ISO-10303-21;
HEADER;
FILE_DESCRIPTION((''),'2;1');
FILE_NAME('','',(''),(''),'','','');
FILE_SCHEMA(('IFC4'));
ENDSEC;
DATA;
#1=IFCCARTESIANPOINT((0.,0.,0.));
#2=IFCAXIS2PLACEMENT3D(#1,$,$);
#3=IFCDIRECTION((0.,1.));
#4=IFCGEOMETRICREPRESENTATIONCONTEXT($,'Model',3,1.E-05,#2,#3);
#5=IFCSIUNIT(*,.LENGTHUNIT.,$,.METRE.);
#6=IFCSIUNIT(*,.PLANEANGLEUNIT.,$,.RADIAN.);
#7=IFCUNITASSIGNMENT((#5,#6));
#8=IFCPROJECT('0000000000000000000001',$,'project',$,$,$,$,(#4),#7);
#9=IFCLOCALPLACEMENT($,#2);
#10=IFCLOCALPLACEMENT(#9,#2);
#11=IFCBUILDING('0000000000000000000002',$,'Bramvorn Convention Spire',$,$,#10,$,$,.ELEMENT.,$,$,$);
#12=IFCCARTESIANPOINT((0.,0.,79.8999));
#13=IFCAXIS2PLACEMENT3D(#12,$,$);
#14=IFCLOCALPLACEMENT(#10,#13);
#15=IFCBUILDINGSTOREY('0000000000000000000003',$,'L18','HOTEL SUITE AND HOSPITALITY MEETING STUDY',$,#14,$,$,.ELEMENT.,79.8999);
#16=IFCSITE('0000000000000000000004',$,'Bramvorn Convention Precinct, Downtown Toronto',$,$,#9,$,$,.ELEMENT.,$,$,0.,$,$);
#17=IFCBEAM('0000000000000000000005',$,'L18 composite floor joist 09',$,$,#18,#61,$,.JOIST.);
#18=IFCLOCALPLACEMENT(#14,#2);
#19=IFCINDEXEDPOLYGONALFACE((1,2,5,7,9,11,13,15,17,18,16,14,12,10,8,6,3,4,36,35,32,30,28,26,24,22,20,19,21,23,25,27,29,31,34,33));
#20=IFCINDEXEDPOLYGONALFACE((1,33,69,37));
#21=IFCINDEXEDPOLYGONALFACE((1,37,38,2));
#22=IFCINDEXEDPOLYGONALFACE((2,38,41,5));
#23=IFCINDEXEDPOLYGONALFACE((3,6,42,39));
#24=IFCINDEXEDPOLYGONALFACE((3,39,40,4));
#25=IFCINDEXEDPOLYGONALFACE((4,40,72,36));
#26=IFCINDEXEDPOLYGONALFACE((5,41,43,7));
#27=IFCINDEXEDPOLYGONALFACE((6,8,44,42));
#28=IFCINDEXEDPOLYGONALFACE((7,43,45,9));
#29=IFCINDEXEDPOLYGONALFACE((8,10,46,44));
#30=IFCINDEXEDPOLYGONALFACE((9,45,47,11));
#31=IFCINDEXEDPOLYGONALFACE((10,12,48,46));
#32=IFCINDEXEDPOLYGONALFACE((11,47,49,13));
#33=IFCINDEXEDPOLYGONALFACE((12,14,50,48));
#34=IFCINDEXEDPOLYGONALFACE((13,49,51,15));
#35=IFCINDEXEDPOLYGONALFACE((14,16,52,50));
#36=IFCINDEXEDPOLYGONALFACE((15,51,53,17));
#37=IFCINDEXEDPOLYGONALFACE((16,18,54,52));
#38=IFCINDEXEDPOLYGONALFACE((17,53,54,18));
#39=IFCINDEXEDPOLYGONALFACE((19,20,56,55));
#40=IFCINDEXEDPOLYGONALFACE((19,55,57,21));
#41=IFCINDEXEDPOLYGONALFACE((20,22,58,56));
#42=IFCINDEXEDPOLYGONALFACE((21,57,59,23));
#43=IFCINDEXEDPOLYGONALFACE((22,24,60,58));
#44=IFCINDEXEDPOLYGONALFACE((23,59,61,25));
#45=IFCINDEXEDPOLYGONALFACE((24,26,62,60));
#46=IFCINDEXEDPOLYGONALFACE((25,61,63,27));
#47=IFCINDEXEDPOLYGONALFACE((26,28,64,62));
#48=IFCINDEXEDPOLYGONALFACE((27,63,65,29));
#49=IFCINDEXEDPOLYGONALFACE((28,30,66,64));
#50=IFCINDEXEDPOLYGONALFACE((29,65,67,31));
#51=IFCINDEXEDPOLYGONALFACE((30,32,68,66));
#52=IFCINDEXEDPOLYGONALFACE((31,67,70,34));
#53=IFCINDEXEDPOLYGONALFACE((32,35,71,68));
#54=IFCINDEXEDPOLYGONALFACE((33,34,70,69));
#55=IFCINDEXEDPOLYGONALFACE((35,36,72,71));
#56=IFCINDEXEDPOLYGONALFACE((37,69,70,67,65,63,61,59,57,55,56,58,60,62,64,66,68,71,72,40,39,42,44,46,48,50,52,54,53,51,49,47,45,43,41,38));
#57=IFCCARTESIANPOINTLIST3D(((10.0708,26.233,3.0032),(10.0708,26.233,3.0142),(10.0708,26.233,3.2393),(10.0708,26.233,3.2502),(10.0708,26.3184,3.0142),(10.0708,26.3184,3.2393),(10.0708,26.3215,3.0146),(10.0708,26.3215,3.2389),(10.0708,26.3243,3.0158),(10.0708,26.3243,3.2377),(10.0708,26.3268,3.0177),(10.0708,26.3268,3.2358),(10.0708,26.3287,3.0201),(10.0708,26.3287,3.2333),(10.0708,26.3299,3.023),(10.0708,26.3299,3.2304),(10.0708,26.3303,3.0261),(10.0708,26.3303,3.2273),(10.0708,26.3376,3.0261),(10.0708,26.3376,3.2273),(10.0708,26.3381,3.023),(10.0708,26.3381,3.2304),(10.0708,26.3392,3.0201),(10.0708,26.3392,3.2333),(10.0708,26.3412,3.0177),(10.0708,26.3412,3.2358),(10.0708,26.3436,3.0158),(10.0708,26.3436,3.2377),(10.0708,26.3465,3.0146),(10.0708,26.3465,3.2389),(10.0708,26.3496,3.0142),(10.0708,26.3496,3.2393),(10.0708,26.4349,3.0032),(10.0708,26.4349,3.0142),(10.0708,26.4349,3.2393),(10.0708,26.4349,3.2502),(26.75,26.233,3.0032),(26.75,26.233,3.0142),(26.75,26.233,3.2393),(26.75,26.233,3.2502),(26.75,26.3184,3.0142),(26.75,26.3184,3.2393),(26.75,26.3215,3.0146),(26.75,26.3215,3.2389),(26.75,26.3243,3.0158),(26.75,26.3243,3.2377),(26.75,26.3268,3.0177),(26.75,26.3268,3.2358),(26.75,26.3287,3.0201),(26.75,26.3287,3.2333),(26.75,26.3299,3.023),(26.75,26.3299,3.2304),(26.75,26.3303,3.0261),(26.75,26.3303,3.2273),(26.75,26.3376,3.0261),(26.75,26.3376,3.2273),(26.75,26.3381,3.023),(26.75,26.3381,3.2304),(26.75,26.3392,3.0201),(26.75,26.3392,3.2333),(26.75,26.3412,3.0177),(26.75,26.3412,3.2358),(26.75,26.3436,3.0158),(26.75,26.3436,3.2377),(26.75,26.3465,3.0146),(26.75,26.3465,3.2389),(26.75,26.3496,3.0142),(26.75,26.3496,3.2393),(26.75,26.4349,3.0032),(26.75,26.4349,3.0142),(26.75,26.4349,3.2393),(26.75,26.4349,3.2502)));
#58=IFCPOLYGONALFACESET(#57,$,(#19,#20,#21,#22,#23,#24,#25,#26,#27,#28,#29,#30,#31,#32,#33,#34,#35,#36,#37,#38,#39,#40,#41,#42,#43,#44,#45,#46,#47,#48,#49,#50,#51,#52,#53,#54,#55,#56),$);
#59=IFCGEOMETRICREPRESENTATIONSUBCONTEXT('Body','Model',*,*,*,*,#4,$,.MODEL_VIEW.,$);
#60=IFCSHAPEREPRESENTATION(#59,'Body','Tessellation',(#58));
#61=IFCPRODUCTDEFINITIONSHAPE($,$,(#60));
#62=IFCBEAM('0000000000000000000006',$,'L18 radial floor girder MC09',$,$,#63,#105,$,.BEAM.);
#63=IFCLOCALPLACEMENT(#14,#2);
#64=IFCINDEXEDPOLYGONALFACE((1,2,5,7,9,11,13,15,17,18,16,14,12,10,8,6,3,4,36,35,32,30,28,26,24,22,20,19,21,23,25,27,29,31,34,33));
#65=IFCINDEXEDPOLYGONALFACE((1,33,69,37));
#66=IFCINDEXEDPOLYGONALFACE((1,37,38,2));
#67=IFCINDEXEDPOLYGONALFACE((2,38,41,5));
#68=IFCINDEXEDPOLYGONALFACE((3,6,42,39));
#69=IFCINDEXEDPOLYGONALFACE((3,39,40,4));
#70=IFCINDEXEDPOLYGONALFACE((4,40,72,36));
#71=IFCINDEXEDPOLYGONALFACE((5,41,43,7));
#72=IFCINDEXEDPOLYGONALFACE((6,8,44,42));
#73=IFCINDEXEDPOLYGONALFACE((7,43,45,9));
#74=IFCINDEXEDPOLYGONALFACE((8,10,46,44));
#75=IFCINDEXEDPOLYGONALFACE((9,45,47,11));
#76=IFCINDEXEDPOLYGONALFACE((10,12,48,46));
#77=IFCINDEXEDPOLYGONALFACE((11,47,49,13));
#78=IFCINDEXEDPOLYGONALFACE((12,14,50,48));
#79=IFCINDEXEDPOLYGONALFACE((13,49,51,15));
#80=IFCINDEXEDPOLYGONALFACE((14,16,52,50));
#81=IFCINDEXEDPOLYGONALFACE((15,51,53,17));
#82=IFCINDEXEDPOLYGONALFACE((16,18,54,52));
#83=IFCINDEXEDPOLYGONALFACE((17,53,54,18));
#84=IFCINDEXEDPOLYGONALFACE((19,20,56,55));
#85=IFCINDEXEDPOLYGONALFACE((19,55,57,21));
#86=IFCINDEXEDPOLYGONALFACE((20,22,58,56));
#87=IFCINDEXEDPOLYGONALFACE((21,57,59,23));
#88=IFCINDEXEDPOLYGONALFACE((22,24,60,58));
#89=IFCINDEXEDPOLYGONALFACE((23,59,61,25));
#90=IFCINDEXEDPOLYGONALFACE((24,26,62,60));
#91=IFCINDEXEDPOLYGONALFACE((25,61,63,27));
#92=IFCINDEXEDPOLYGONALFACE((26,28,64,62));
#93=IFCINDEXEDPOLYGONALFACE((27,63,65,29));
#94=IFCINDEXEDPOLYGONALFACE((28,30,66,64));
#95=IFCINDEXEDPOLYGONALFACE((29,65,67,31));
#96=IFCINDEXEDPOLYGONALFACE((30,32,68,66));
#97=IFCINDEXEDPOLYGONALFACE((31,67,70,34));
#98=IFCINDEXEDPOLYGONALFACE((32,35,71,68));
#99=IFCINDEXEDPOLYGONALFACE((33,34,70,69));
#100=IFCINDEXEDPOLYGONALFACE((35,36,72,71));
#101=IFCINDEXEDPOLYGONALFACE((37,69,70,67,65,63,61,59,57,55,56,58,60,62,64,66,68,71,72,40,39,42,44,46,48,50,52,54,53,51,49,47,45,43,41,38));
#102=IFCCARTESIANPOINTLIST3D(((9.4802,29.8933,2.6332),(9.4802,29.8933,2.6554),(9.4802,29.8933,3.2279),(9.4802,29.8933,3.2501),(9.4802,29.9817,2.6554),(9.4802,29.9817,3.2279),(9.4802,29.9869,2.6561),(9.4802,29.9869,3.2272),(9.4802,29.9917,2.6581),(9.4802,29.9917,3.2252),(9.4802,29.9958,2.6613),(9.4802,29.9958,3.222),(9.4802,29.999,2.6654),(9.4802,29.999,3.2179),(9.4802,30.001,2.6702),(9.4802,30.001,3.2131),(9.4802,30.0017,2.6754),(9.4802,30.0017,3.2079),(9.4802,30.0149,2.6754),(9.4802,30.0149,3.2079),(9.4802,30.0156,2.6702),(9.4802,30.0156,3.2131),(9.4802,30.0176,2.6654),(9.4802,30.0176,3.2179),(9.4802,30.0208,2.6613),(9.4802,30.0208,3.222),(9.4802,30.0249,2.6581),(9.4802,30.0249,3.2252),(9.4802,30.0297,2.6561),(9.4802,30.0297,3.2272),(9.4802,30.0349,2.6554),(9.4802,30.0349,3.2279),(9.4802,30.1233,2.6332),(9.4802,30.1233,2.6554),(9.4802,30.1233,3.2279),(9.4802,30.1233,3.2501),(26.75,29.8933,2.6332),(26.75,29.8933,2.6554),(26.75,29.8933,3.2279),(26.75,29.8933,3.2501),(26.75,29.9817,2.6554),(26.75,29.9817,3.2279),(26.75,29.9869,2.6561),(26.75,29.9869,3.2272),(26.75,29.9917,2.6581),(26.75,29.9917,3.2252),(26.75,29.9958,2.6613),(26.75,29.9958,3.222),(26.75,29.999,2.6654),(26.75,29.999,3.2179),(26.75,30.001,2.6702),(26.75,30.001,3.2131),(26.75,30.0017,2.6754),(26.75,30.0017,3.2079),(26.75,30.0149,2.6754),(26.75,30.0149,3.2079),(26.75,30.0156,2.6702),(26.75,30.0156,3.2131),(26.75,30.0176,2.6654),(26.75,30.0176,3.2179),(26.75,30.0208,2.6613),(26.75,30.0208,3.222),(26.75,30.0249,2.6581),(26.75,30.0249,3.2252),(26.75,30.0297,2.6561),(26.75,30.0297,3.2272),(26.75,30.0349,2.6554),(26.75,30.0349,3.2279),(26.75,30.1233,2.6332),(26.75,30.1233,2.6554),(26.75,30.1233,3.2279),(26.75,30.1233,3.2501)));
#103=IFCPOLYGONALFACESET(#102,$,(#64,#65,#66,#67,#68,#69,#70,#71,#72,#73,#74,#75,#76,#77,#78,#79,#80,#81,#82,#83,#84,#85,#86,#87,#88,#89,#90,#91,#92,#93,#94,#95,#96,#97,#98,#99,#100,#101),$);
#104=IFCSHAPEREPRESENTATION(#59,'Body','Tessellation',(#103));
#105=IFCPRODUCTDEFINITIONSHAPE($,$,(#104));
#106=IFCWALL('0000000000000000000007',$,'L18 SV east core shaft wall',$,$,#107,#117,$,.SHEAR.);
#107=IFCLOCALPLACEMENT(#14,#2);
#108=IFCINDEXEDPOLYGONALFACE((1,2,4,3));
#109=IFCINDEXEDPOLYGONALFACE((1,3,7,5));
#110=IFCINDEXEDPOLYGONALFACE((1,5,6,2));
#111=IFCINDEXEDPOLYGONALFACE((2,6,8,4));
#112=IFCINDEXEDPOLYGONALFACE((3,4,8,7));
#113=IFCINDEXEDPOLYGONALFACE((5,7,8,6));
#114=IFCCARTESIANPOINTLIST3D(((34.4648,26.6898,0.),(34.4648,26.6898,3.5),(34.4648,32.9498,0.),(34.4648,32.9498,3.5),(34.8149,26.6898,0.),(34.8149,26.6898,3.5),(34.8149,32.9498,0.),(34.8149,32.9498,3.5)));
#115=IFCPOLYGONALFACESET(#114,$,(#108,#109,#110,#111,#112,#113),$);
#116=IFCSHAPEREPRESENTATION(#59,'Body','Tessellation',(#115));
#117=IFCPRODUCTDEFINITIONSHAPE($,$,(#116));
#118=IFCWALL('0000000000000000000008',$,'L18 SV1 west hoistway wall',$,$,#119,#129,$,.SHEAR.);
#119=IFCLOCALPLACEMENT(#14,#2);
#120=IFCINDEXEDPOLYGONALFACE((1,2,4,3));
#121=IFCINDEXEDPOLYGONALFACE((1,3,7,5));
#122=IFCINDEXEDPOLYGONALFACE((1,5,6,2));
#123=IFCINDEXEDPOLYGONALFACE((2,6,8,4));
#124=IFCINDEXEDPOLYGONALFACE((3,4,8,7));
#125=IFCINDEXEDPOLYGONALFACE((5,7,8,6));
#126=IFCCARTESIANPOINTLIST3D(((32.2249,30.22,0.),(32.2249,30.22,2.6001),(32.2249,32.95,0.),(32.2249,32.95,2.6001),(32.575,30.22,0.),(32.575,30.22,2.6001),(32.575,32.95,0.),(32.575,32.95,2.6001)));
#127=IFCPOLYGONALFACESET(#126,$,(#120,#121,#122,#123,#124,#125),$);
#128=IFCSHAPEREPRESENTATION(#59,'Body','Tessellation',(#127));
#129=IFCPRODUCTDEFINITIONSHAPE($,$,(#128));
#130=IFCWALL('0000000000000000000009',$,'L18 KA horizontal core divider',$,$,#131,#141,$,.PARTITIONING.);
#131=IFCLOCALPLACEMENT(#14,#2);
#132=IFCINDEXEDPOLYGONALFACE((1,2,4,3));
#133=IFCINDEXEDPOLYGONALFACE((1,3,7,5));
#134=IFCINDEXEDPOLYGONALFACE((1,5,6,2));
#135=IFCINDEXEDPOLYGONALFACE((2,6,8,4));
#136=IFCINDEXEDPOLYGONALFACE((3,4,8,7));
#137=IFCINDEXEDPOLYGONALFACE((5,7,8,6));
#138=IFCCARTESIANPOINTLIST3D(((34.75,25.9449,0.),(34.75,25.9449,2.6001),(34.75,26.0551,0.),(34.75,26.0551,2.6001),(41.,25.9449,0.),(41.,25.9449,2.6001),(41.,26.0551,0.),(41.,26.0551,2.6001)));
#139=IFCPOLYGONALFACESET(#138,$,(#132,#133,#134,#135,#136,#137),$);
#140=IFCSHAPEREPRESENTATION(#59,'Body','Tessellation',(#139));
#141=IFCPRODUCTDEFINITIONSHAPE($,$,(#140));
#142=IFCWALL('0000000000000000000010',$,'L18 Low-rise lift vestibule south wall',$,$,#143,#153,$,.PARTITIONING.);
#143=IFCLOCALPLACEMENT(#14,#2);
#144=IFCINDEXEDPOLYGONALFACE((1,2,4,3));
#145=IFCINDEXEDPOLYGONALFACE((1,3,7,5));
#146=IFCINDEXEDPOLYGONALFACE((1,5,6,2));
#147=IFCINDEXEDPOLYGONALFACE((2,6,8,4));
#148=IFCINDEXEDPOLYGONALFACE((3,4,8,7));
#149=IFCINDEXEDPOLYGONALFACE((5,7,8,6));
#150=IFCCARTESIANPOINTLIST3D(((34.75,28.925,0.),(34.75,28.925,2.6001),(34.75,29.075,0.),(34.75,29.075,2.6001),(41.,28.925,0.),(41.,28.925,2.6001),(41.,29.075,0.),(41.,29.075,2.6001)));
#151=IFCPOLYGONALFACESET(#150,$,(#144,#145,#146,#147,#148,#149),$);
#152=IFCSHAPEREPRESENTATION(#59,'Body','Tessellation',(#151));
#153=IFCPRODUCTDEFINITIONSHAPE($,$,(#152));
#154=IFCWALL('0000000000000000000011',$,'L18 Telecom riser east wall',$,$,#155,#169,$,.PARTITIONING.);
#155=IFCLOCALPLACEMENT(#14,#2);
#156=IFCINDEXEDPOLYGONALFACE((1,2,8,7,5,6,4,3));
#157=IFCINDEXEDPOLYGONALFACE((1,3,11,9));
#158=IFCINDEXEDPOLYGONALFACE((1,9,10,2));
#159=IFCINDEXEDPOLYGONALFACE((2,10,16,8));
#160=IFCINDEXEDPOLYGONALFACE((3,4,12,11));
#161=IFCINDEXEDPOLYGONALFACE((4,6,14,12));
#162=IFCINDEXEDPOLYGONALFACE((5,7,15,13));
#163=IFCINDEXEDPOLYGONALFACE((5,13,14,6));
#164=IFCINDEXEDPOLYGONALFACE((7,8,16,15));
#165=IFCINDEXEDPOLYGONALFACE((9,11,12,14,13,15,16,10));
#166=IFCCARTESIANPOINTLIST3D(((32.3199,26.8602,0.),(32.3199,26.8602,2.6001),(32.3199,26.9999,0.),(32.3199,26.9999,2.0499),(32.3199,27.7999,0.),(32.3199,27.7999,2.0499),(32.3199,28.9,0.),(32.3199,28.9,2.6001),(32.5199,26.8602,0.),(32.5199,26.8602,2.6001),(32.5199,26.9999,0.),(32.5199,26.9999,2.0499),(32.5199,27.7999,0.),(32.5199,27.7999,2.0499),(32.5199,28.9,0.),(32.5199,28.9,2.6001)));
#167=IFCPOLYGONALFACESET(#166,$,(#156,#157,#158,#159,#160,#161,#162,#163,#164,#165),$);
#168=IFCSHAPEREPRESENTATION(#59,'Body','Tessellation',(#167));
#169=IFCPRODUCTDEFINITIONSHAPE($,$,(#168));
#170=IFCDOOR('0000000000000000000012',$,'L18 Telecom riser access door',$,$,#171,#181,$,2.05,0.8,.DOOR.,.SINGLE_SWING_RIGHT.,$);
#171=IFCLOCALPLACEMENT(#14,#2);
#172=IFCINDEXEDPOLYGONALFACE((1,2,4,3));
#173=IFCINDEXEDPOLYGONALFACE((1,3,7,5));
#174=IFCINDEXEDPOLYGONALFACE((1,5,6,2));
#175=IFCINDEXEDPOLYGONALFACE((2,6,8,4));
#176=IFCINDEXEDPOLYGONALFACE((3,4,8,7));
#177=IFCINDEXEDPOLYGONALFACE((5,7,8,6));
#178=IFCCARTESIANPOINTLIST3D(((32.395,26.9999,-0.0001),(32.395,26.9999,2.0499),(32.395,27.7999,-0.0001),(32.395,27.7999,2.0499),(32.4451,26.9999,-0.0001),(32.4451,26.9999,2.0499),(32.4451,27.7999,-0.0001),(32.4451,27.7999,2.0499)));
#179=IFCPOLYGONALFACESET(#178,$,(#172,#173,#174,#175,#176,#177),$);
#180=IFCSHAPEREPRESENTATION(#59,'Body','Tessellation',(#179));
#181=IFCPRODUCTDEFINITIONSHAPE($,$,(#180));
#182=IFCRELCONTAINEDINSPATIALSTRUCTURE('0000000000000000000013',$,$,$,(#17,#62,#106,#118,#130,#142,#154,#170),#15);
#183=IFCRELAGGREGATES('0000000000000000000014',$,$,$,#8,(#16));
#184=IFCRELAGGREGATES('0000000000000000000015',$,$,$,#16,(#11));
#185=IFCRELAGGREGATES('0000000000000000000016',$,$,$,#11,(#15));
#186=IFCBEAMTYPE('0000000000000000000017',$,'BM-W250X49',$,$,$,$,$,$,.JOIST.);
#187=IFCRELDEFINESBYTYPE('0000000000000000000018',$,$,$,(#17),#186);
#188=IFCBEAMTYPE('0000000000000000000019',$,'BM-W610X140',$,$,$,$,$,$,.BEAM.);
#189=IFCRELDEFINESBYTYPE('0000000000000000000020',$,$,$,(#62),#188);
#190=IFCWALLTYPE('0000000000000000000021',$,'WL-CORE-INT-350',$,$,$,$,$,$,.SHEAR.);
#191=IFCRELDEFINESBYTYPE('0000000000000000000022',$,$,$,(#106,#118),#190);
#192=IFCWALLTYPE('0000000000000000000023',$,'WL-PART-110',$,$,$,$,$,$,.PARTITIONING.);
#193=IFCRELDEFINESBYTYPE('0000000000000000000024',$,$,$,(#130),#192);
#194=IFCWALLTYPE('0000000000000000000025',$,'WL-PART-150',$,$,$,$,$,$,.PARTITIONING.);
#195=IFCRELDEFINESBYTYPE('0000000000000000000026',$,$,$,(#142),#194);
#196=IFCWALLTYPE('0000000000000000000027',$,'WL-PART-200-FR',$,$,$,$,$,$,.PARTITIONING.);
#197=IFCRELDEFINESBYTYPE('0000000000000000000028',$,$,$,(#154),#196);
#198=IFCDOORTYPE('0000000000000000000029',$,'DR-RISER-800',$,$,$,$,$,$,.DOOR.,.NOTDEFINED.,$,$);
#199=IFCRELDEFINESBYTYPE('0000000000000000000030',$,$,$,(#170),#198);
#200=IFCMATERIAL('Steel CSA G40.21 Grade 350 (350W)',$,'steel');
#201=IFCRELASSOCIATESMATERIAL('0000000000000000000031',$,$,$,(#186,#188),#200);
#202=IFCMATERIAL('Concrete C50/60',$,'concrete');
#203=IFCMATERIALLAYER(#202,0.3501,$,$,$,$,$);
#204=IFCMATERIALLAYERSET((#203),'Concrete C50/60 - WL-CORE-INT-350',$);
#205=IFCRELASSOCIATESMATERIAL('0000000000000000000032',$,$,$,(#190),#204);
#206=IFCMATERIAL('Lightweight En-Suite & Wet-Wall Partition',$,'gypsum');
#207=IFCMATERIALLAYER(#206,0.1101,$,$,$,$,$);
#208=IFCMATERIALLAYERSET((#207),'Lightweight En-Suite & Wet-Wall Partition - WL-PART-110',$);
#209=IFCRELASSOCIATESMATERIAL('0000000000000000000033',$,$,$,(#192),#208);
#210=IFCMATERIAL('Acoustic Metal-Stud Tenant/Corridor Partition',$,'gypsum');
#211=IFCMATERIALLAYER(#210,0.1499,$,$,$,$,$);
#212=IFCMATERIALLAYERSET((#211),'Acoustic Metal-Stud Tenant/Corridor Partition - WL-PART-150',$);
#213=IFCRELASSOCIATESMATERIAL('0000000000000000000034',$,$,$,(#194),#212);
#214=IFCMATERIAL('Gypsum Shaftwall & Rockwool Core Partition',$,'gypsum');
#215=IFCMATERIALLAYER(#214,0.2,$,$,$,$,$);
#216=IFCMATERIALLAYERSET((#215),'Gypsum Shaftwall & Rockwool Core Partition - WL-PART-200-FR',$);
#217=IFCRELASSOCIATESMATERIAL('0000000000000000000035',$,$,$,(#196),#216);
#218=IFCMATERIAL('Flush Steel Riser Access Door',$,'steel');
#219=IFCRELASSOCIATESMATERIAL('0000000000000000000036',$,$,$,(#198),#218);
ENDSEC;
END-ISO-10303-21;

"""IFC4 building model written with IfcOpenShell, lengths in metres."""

from ifc_helpers import new_model, si_unit, direction, frame, frame_2d, origin, origin_2d, place, context, subcontext, project, spatial, rectangle, i_section, extrude, material, layer, layer_set, material_profile, profile_set, type_object, element, fill, save


model = new_model("IFC4")

# Units and contexts
model_context = context("Model", 3, precision=1e-05, world=origin(), true_north=direction((0.0, 1.0)))
body_context = subcontext(model_context, "Body", "Model", "MODEL_VIEW")
ifc_project = project(units=[si_unit("LENGTHUNIT", "METRE"), si_unit("PLANEANGLEUNIT", "RADIAN")], contexts=[model_context])

# Site, building, storey
site_placement = place(None, origin())
site = spatial("IfcSite", under=ifc_project, at=site_placement, Name="Bramvorn Convention Precinct, Downtown Toronto", CompositionType="ELEMENT", RefElevation=0.0)
building_placement = place(site_placement, origin())
building = spatial("IfcBuilding", under=site, at=building_placement, Name="Bramvorn Convention Spire", CompositionType="ELEMENT")
storey_placement = place(building_placement, frame((0.0, 0.0, 79.8999)))
storey = spatial("IfcBuildingStorey", under=building, at=storey_placement, Name="L18", Description="HOTEL SUITE AND HOSPITALITY MEETING STUDY", CompositionType="ELEMENT", Elevation=79.8999)

# Beams
ifc_material_1 = material(Name="Steel CSA G40.21 Grade 350 (350W)", Category="steel")
ifc_material_profile_1 = material_profile(ifc_material_1, i_section(OverallWidth=0.2019, OverallDepth=0.2471, WebThickness=0.0073, FlangeThickness=0.011, FilletRadius=0.012, at=origin_2d()))
ifc_profile_set_1 = profile_set([ifc_material_profile_1], Name="Steel CSA G40.21 Grade 350 (350W) - W250X49")
beam_type_1 = type_object("IfcBeamType", Name="BM-W250X49", PredefinedType="JOIST", material=ifc_profile_set_1)
beam_1_placement = place(storey_placement, frame((26.75, 26.334, 3.1267), z_axis=(-1.0, 0.0, 0.0), x_axis=(0.0, -1.0, 0.0)))
element("IfcBeam", 1, at=beam_1_placement, inside=storey, type_object=beam_type_1, Name="L18 composite floor joist 09", PredefinedType="JOIST", context=body_context, shape_type="SweptSolid", body=[
    extrude(i_section(OverallWidth=0.2019, OverallDepth=0.2471, WebThickness=0.0073, FlangeThickness=0.011, FilletRadius=0.012, at=origin_2d()), origin(), (0.0, 0.0, 1.0), 16.6792),
])
ifc_material_profile_2 = material_profile(ifc_material_1, i_section(OverallWidth=0.23, OverallDepth=0.6169, WebThickness=0.0132, FlangeThickness=0.0222, FilletRadius=0.02, at=origin_2d()))
ifc_profile_set_2 = profile_set([ifc_material_profile_2], Name="Steel CSA G40.21 Grade 350 (350W) - W610X140")
beam_type_2 = type_object("IfcBeamType", Name="BM-W610X140", PredefinedType="BEAM", material=ifc_profile_set_2)
beam_2_placement = place(storey_placement, frame((26.75, 30.0083, 2.9417), z_axis=(-1.0, 0.0, 0.0), x_axis=(0.0, -1.0, 0.0)))
element("IfcBeam", 2, at=beam_2_placement, inside=storey, type_object=beam_type_2, Name="L18 radial floor girder MC09", PredefinedType="BEAM", context=body_context, shape_type="SweptSolid", body=[
    extrude(i_section(OverallWidth=0.23, OverallDepth=0.6169, WebThickness=0.0132, FlangeThickness=0.0222, FilletRadius=0.02, at=origin_2d()), origin(), (0.0, 0.0, 1.0), 17.2698),
])

# Shared definitions
ifc_material_2 = material(Name="Concrete C50/60", Category="concrete")
ifc_layer_1 = layer(ifc_material_2, 0.3501)
ifc_layer_set_1 = layer_set([ifc_layer_1], Name="Concrete C50/60 - WL-CORE-INT-350")
wall_type_1 = type_object("IfcWallType", Name="WL-CORE-INT-350", PredefinedType="SHEAR", material=ifc_layer_set_1)

# Wall
wall_1_placement = place(storey_placement, frame((34.6399, 26.6899, 0.0), z_axis=(0.0, 0.0, 1.0), x_axis=(0.0, 1.0, 0.0)))
element("IfcWall", 3, at=wall_1_placement, inside=storey, type_object=wall_type_1, Name="L18 SV east core shaft wall", PredefinedType="SHEAR", context=body_context, shape_type="SweptSolid", body=[
    extrude(rectangle(XDim=6.26, YDim=0.3501, at=frame_2d((3.1299, 0.0))), origin(), (0.0, 0.0, 1.0), 3.5),
])

# Wall
wall_2_placement = place(storey_placement, frame((32.3999, 30.22, 0.0), z_axis=(0.0, 0.0, 1.0), x_axis=(0.0, 1.0, 0.0)))
element("IfcWall", 4, at=wall_2_placement, inside=storey, type_object=wall_type_1, Name="L18 SV1 west hoistway wall", PredefinedType="SHEAR", context=body_context, shape_type="SweptSolid", body=[
    extrude(rectangle(XDim=2.73, YDim=0.3501, at=frame_2d((1.365, 0.0))), origin(), (0.0, 0.0, 1.0), 2.6001),
])

# Walls
ifc_material_3 = material(Name="Lightweight En-Suite & Wet-Wall Partition", Category="gypsum")
ifc_layer_2 = layer(ifc_material_3, 0.1101)
ifc_layer_set_2 = layer_set([ifc_layer_2], Name="Lightweight En-Suite & Wet-Wall Partition - WL-PART-110")
wall_type_2 = type_object("IfcWallType", Name="WL-PART-110", PredefinedType="PARTITIONING", material=ifc_layer_set_2)
wall_3_placement = place(storey_placement, frame((34.75, 26.0, 0.0), z_axis=(0.0, 0.0, 1.0), x_axis=(1.0, 0.0, 0.0)))
element("IfcWall", 5, at=wall_3_placement, inside=storey, type_object=wall_type_2, Name="L18 KA horizontal core divider", PredefinedType="PARTITIONING", context=body_context, shape_type="SweptSolid", body=[
    extrude(rectangle(XDim=6.25, YDim=0.1101, at=frame_2d((3.125, 0.0))), origin(), (0.0, 0.0, 1.0), 2.6001),
])
ifc_material_4 = material(Name="Acoustic Metal-Stud Tenant/Corridor Partition", Category="gypsum")
ifc_layer_3 = layer(ifc_material_4, 0.1499)
ifc_layer_set_3 = layer_set([ifc_layer_3], Name="Acoustic Metal-Stud Tenant/Corridor Partition - WL-PART-150")
wall_type_3 = type_object("IfcWallType", Name="WL-PART-150", PredefinedType="PARTITIONING", material=ifc_layer_set_3)
wall_4_placement = place(storey_placement, frame((34.75, 29.0, 0.0), z_axis=(0.0, 0.0, 1.0), x_axis=(1.0, 0.0, 0.0)))
element("IfcWall", 6, at=wall_4_placement, inside=storey, type_object=wall_type_3, Name="L18 Low-rise lift vestibule south wall", PredefinedType="PARTITIONING", context=body_context, shape_type="SweptSolid", body=[
    extrude(rectangle(XDim=6.25, YDim=0.1499, at=frame_2d((3.125, 0.0))), origin(), (0.0, 0.0, 1.0), 2.6001),
])

# Wall, opening, door
ifc_material_5 = material(Name="Gypsum Shaftwall & Rockwool Core Partition", Category="gypsum")
ifc_layer_4 = layer(ifc_material_5, 0.2)
ifc_layer_set_4 = layer_set([ifc_layer_4], Name="Gypsum Shaftwall & Rockwool Core Partition - WL-PART-200-FR")
wall_type_4 = type_object("IfcWallType", Name="WL-PART-200-FR", PredefinedType="PARTITIONING", material=ifc_layer_set_4)
wall_5_placement = place(storey_placement, frame((32.4199, 26.8601, 0.0), z_axis=(0.0, 0.0, 1.0), x_axis=(0.0, 1.0, 0.0)))
wall_5 = element("IfcWall", 7, at=wall_5_placement, inside=storey, type_object=wall_type_4, Name="L18 Telecom riser east wall", PredefinedType="PARTITIONING", context=body_context, shape_type="SweptSolid", body=[
    extrude(rectangle(XDim=2.0398, YDim=0.2, at=frame_2d((1.02, 0.0))), origin(), (0.0, 0.0, 1.0), 2.6001),
])
opening_1_placement = place(wall_5_placement, frame((0.1399, 0.0, 0.0)))
opening_1 = element("IfcOpeningElement", 8, at=opening_1_placement, cuts=wall_5, PredefinedType="OPENING", context=body_context, shape_type="SweptSolid", body=[
    extrude(rectangle(XDim=0.8, YDim=2.05, at=frame_2d((0.3999, 1.0249))), frame((0.0, 0.1099, 0.0), z_axis=(0.0, -1.0, 0.0), x_axis=(1.0, 0.0, 0.0)), (0.0, 0.0, 1.0), 0.22),
])
ifc_material_6 = material(Name="Flush Steel Riser Access Door", Category="steel")
door_type_1 = type_object("IfcDoorType", Name="DR-RISER-800", OperationType="NOTDEFINED", PredefinedType="DOOR", material=ifc_material_6)
door_1_placement = place(opening_1_placement, origin())
door_1 = element("IfcDoor", 9, at=door_1_placement, inside=storey, type_object=door_type_1, Name="L18 Telecom riser access door", OperationType="SINGLE_SWING_RIGHT", OverallHeight=2.05, OverallWidth=0.8, PredefinedType="DOOR", context=body_context, shape_type="SweptSolid", body=[
    extrude(rectangle(XDim=0.8, YDim=2.05, at=frame_2d((0.3999, 1.0249))), frame((0.0, 0.0249, 0.0), z_axis=(0.0, -1.0, 0.0), x_axis=(1.0, 0.0, 0.0)), (0.0, 0.0, 1.0), 0.05),
])
fill(opening_1, door_1)

save(model, "model.ifc")
